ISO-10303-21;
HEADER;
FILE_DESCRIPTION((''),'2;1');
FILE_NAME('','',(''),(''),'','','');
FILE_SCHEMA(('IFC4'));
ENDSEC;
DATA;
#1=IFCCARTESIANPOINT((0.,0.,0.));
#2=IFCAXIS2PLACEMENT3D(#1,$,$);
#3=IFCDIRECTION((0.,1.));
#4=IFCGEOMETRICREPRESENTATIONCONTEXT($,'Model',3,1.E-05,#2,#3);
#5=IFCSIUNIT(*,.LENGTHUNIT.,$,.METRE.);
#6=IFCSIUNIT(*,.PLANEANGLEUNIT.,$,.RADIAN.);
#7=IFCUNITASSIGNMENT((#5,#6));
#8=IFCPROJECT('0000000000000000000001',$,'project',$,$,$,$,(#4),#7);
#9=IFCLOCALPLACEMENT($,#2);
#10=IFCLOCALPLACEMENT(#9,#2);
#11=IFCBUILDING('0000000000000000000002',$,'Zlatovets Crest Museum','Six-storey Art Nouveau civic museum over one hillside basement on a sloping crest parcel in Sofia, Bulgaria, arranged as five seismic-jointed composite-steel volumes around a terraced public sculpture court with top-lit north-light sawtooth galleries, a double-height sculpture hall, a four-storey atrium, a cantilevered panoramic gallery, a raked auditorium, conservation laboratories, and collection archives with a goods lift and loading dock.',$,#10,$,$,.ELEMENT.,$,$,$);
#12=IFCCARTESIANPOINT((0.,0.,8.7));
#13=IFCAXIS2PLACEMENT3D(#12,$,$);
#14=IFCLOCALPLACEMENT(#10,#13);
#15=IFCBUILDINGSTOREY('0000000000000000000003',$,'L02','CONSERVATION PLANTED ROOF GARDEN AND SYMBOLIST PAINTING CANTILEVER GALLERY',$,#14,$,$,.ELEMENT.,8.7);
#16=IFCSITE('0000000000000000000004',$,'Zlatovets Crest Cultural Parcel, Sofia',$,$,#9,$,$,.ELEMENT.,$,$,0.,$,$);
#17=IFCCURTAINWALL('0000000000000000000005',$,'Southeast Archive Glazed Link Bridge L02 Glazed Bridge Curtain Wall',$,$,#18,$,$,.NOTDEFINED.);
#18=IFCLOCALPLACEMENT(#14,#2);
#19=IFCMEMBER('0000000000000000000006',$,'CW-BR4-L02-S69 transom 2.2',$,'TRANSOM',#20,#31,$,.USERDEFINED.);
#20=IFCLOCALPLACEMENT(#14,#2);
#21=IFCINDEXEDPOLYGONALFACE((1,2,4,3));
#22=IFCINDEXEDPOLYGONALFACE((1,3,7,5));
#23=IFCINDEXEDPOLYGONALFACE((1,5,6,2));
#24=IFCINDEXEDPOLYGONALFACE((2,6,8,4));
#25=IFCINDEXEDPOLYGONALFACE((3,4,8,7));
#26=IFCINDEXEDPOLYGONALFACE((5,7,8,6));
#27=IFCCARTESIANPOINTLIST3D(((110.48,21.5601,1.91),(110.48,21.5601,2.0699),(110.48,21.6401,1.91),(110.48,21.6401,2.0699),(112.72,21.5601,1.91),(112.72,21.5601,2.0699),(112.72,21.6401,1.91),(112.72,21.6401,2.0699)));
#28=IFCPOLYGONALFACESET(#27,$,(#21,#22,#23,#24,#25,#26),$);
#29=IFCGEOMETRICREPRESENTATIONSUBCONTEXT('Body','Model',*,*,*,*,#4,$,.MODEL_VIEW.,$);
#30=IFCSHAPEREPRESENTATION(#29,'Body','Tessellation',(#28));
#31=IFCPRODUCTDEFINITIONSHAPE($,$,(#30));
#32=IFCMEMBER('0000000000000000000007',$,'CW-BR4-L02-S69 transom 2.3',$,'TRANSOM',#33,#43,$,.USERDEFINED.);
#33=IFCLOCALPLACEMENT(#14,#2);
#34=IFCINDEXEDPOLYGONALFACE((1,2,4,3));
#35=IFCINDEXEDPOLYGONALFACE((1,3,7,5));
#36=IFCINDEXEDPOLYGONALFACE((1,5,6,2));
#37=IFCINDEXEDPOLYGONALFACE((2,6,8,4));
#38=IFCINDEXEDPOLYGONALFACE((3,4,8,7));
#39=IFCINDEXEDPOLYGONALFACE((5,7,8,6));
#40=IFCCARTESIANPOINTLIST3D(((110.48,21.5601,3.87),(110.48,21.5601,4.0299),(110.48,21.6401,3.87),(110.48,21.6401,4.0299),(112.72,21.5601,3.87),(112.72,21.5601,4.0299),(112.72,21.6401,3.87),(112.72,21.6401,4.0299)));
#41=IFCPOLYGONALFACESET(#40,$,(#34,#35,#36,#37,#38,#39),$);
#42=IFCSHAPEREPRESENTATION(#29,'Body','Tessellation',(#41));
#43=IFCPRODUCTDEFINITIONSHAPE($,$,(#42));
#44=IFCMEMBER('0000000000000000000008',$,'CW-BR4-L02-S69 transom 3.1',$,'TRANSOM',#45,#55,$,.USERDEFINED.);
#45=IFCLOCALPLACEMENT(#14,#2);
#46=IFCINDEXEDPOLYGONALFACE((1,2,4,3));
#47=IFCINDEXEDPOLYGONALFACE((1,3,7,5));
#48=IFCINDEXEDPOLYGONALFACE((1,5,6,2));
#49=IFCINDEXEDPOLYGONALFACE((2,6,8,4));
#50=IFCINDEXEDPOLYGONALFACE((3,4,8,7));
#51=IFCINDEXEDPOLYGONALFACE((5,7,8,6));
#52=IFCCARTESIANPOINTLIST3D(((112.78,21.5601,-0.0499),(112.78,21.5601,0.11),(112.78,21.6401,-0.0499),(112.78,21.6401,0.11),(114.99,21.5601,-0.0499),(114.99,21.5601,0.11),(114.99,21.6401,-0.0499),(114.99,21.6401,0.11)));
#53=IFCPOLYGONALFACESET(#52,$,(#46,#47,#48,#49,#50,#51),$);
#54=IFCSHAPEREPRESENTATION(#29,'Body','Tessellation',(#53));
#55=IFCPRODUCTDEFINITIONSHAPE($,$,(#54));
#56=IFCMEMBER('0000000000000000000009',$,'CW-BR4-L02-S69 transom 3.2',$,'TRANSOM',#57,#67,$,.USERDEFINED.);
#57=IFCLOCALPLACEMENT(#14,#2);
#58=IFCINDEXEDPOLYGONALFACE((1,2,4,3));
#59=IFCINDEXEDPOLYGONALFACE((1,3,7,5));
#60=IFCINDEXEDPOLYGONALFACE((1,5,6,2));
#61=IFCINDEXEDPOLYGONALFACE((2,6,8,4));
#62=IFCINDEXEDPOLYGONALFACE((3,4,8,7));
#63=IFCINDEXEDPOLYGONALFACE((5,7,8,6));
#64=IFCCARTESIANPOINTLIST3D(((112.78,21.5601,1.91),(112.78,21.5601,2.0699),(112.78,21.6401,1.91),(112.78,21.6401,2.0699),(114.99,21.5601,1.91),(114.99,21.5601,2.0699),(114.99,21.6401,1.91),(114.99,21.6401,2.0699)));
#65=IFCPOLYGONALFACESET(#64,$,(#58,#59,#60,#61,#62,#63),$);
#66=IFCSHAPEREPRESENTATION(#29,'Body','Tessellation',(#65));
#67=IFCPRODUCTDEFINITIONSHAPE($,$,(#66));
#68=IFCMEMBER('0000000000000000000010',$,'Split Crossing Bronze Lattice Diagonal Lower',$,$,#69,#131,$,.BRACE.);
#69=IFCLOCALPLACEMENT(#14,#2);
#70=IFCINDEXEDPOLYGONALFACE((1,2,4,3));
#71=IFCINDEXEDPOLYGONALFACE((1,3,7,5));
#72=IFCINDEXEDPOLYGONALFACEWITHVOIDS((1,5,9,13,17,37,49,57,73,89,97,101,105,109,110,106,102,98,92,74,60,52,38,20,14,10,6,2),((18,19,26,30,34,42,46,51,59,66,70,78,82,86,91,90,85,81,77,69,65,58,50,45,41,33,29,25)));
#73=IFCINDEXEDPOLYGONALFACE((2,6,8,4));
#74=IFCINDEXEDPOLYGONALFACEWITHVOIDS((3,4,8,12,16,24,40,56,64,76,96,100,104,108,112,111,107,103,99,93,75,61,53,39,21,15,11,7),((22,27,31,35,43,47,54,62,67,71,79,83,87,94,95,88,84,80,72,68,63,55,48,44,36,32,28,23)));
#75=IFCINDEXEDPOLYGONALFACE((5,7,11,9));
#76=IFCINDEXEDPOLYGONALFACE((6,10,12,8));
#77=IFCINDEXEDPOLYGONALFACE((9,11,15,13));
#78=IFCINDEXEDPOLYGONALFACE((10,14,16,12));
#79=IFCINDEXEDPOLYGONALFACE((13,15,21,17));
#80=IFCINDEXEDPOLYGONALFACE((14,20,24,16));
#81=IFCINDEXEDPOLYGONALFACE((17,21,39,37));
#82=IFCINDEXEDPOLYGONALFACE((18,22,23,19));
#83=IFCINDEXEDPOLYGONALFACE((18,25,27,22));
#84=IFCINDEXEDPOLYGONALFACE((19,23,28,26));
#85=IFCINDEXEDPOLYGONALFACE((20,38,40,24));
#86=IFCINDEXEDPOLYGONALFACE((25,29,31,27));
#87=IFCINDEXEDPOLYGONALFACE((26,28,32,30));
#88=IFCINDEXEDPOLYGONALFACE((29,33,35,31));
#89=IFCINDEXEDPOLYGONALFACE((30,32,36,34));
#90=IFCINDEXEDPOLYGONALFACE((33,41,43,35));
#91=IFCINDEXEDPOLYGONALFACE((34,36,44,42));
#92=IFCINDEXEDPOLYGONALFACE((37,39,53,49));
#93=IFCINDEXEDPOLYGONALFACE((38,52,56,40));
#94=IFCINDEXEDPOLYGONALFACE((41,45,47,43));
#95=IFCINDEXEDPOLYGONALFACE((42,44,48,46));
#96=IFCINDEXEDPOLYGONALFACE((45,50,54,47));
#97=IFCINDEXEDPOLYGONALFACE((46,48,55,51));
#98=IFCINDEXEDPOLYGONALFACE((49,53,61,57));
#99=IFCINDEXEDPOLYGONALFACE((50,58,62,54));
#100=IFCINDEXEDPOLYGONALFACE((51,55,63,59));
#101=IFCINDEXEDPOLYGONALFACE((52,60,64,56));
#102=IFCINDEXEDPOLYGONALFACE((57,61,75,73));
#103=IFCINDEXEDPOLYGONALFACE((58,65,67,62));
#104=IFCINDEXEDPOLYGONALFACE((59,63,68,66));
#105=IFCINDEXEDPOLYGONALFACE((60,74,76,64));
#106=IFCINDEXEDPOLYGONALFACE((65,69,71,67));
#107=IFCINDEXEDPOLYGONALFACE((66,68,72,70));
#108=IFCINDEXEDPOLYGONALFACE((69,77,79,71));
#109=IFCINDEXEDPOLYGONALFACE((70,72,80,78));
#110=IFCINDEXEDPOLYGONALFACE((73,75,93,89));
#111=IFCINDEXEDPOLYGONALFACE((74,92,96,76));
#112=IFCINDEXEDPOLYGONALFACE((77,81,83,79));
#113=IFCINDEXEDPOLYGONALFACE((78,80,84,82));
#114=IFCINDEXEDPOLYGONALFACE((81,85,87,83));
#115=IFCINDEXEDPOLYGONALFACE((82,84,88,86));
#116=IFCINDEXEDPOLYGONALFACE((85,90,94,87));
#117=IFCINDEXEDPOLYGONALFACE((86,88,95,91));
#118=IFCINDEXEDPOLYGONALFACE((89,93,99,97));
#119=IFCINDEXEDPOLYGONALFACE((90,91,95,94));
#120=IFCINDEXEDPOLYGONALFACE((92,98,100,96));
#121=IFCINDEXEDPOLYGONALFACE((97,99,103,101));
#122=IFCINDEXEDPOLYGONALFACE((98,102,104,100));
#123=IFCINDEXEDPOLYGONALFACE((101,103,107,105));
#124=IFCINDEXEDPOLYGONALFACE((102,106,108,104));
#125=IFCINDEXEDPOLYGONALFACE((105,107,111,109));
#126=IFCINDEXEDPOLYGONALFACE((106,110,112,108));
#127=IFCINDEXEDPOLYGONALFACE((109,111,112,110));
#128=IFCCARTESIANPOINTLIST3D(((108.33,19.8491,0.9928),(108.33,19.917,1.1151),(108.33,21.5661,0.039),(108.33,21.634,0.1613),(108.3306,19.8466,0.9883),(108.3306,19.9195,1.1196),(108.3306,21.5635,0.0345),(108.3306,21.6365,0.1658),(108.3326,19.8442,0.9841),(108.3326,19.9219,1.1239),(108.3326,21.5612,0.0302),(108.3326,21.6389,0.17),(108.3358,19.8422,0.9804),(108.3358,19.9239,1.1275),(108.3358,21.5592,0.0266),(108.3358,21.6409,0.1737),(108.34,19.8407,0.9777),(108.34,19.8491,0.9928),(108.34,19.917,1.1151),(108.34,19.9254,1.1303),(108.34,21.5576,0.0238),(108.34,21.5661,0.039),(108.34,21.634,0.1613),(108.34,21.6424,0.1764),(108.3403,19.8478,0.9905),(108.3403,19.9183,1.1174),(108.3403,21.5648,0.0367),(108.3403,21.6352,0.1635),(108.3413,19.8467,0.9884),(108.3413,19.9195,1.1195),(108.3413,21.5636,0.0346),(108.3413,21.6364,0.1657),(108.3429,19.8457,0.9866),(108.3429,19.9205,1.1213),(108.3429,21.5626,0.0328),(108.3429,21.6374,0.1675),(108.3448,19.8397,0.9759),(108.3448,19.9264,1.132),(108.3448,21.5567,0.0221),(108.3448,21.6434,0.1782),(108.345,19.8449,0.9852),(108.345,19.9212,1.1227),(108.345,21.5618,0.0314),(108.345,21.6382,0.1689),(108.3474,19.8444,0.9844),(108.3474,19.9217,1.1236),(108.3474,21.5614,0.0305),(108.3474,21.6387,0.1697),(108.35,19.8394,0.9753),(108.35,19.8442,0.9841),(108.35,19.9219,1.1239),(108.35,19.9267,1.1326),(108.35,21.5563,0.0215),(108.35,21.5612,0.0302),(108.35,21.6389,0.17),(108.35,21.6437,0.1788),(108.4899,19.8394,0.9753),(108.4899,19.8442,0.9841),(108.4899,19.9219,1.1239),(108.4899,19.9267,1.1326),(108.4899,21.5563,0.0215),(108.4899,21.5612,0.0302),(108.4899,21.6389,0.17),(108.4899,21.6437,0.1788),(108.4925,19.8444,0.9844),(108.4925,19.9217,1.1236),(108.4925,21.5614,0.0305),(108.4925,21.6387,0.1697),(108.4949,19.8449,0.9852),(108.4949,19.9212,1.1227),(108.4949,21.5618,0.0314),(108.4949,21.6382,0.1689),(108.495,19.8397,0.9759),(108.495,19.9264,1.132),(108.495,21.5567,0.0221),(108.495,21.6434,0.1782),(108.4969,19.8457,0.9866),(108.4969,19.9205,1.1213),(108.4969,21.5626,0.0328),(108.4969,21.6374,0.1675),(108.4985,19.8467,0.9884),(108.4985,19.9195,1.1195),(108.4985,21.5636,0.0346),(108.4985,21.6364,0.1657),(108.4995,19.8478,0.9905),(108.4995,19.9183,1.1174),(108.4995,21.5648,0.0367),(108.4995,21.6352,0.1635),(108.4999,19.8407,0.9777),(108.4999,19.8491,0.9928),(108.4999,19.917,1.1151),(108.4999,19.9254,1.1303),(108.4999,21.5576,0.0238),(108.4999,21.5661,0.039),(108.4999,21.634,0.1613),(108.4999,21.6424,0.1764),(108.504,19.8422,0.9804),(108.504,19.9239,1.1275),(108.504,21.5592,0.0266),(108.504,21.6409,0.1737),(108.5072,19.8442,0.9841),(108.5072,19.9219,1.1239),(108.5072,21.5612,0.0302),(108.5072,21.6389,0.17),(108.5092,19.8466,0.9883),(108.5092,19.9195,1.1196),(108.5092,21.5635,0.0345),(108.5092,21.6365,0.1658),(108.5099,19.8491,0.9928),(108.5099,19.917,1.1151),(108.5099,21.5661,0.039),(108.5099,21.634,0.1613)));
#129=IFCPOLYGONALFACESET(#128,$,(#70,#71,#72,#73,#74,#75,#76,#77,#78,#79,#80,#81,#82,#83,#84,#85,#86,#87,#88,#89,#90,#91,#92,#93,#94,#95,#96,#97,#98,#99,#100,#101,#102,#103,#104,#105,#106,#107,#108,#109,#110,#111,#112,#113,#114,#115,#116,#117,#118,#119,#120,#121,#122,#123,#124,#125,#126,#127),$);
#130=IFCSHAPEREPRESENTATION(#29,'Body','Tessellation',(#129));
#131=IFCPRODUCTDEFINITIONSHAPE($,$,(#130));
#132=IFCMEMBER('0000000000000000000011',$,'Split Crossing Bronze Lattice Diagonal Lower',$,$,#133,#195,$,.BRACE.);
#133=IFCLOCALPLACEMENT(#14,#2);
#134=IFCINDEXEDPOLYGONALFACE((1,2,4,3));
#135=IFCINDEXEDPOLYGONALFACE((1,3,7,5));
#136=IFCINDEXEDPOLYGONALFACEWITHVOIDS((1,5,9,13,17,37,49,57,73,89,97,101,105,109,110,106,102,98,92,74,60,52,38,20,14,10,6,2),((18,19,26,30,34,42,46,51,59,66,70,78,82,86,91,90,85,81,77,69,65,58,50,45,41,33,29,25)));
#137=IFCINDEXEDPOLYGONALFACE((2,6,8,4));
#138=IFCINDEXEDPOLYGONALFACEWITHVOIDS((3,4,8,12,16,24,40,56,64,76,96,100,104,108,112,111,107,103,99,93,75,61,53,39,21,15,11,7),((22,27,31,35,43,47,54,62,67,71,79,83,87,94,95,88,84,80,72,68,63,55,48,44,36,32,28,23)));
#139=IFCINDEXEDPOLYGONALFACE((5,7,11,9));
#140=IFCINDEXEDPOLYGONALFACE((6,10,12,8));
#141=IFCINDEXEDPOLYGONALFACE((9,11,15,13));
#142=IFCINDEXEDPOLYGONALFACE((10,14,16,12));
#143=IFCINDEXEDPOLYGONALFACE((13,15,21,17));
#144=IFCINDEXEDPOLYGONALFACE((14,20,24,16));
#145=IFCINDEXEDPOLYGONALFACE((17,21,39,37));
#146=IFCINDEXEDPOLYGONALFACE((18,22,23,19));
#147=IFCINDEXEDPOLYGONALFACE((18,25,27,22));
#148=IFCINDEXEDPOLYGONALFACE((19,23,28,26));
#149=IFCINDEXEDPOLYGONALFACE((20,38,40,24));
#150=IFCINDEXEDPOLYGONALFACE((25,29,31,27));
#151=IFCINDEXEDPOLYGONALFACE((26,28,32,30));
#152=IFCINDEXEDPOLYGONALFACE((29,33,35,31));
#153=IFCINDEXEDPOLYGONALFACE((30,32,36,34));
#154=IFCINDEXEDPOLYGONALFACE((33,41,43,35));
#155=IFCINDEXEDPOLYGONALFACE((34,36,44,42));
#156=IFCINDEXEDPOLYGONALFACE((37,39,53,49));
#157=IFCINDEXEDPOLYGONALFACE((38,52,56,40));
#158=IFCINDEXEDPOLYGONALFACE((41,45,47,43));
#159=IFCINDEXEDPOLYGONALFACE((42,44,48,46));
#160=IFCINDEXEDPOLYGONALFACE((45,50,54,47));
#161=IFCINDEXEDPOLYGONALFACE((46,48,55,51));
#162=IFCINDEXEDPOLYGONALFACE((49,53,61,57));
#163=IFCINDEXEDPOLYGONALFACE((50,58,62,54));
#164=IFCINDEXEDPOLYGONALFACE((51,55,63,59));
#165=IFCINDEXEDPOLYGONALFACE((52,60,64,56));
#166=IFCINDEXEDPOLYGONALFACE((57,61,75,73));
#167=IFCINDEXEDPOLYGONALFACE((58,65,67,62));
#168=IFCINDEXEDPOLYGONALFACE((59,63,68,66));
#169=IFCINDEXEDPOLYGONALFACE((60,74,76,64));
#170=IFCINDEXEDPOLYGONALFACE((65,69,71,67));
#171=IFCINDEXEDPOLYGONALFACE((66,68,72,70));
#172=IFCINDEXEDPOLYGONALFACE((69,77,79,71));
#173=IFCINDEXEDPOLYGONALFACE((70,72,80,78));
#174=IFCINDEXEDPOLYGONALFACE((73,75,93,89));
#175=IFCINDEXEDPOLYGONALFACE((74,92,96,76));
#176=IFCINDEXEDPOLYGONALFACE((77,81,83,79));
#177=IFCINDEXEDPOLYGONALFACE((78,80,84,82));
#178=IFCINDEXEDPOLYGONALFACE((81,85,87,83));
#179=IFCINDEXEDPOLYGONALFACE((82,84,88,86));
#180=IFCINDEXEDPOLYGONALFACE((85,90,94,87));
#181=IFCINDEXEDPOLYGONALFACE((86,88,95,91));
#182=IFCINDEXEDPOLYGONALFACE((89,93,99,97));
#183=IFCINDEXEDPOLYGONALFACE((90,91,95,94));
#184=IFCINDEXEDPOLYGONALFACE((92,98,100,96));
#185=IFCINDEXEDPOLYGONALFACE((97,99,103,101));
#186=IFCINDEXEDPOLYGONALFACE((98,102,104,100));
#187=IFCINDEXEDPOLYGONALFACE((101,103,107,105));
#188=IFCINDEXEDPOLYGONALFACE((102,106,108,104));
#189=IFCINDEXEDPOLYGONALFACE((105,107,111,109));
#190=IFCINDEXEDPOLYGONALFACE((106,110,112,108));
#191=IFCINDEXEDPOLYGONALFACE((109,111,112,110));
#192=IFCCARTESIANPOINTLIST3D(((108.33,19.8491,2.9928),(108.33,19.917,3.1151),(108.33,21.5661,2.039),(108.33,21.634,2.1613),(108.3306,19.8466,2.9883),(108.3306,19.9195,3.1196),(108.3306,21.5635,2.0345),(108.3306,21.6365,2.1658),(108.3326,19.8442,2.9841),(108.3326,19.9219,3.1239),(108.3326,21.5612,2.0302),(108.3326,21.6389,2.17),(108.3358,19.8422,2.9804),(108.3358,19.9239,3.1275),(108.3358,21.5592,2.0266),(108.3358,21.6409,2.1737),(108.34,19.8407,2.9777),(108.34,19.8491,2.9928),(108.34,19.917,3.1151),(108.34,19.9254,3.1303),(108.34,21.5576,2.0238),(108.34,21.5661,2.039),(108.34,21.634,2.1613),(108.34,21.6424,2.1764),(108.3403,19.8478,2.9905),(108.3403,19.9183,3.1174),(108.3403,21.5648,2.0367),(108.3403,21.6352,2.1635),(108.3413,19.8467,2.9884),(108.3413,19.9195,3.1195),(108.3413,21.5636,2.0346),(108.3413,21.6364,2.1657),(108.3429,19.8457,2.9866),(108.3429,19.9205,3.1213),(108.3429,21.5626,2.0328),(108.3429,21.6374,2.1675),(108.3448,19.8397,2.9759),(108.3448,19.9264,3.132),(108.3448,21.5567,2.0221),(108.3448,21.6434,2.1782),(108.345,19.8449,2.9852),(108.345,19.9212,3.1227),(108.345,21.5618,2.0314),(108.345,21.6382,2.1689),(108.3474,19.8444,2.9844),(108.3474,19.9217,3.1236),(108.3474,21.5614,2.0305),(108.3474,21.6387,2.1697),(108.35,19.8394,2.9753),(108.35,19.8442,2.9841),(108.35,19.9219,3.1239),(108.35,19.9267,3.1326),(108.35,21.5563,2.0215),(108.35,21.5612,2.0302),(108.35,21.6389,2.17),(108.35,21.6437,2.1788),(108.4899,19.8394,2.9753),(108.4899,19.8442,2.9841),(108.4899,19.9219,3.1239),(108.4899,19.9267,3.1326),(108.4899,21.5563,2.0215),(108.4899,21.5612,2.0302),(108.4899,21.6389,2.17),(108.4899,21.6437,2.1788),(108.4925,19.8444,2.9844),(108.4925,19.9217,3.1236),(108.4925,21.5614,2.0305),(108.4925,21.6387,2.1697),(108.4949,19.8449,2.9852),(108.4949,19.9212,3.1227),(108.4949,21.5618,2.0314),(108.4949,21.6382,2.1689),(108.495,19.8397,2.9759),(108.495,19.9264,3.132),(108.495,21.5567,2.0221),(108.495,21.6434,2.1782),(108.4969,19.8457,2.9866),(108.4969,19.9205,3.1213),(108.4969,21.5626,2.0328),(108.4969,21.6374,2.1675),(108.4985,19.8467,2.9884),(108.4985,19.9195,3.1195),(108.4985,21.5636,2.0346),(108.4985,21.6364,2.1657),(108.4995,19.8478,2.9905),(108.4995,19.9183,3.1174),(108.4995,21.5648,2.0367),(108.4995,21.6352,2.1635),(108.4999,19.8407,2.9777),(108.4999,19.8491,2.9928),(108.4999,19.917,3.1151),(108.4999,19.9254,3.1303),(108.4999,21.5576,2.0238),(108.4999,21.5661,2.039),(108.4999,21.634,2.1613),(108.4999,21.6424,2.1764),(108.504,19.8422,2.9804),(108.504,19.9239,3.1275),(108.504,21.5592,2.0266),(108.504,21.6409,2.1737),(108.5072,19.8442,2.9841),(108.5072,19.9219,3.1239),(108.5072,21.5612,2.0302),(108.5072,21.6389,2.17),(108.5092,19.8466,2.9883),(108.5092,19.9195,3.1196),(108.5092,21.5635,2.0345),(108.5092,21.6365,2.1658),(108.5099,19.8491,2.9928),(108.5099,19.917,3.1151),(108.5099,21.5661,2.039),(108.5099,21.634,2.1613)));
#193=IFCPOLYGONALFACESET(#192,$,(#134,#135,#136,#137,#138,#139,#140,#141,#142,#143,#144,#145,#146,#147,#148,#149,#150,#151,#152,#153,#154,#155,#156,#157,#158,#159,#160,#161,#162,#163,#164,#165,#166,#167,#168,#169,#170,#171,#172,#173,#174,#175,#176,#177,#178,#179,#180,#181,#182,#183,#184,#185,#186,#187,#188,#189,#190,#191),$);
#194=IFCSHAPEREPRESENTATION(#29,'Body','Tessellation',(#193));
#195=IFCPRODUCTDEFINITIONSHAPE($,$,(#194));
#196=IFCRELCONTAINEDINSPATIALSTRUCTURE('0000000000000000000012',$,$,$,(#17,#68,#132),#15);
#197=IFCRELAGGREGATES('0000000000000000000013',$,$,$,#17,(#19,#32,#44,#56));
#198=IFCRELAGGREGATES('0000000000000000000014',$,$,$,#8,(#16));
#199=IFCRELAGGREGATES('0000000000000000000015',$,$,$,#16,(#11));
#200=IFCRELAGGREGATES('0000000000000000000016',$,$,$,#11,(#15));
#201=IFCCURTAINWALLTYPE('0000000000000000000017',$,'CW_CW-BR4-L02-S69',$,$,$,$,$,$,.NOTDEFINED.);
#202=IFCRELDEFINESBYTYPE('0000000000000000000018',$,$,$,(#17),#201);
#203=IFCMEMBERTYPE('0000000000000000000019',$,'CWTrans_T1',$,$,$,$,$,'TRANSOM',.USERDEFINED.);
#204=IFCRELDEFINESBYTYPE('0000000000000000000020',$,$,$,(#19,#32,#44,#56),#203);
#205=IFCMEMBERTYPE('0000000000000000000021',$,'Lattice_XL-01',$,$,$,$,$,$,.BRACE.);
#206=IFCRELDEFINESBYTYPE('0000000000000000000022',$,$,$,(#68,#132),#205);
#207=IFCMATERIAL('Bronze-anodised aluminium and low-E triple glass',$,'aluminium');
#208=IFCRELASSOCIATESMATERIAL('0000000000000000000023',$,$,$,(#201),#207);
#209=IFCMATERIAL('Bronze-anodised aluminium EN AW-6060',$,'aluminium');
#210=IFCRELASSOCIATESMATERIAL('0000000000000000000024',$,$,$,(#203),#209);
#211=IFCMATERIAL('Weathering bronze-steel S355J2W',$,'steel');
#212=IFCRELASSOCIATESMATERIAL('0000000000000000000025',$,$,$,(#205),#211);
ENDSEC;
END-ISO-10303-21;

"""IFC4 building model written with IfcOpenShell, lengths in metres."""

from ifc_helpers import new_model, si_unit, direction, frame, origin, origin_2d, place, context, subcontext, project, spatial, rectangle, hollow_rectangle, extrude, material, material_profile, profile_set, type_object, element, aggregate, save


model = new_model("IFC4")

# Units and contexts
model_context = context("Model", 3, precision=1e-05, world=origin(), true_north=direction((0.0, 1.0)))
body_context = subcontext(model_context, "Body", "Model", "MODEL_VIEW")
ifc_project = project(units=[si_unit("LENGTHUNIT", "METRE"), si_unit("PLANEANGLEUNIT", "RADIAN")], contexts=[model_context])

# Site, building, storey
site_placement = place(None, origin())
site = spatial("IfcSite", under=ifc_project, at=site_placement, Name="Zlatovets Crest Cultural Parcel, Sofia", CompositionType="ELEMENT", RefElevation=0.0)
building_placement = place(site_placement, origin())
building = spatial("IfcBuilding", under=site, at=building_placement, Name="Zlatovets Crest Museum", Description="Six-storey Art Nouveau civic museum over one hillside basement on a sloping crest parcel in Sofia, Bulgaria, arranged as five seismic-jointed composite-steel volumes around a terraced public sculpture court with top-lit north-light sawtooth galleries, a double-height sculpture hall, a four-storey atrium, a cantilevered panoramic gallery, a raked auditorium, conservation laboratories, and collection archives with a goods lift and loading dock.", CompositionType="ELEMENT")
storey_placement = place(building_placement, frame((0.0, 0.0, 8.7)))
storey = spatial("IfcBuildingStorey", under=building, at=storey_placement, Name="L02", Description="CONSERVATION PLANTED ROOF GARDEN AND SYMBOLIST PAINTING CANTILEVER GALLERY", CompositionType="ELEMENT", Elevation=8.7)

# Curtain wall
ifc_material_1 = material(Name="Bronze-anodised aluminium and low-E triple glass", Category="aluminium")
ifc_material_2 = material(Name="Bronze-anodised aluminium EN AW-6060", Category="aluminium")
curtain_wall_type_1 = type_object("IfcCurtainWallType", Name="CW_CW-BR4-L02-S69", PredefinedType="NOTDEFINED", material=ifc_material_1)
curtain_wall_1_placement = place(storey_placement, origin())
curtain_wall_1 = element("IfcCurtainWall", 1, at=curtain_wall_1_placement, inside=storey, type_object=curtain_wall_type_1, Name="Southeast Archive Glazed Link Bridge L02 Glazed Bridge Curtain Wall", PredefinedType="NOTDEFINED")

# Members
ifc_material_profile_1 = material_profile(ifc_material_2, rectangle(XDim=0.0801, YDim=0.1599, at=origin_2d()), Name="ALU 80x160")
ifc_profile_set_1 = profile_set([ifc_material_profile_1], Name="Bronze-anodised aluminium EN AW-6060")
member_type_1 = type_object("IfcMemberType", Name="CWTrans_T1", ElementType="TRANSOM", PredefinedType="USERDEFINED", material=ifc_profile_set_1)
member_1_placement = place(storey_placement, frame((110.48, 21.6001, 1.99), z_axis=(1.0, 0.0, 0.0), x_axis=(0.0, 1.0, 0.0)))
member_1 = element("IfcMember", 2, at=member_1_placement, type_object=member_type_1, Name="CW-BR4-L02-S69 transom 2.2", ObjectType="TRANSOM", PredefinedType="USERDEFINED", context=body_context, shape_type="SweptSolid", body=[
    extrude(rectangle(XDim=0.0801, YDim=0.1599, at=origin_2d()), origin(), (0.0, 0.0, 1.0), 2.24),
])
member_2_placement = place(storey_placement, frame((110.48, 21.6001, 3.95), z_axis=(1.0, 0.0, 0.0), x_axis=(0.0, 1.0, 0.0)))
member_2 = element("IfcMember", 3, at=member_2_placement, type_object=member_type_1, Name="CW-BR4-L02-S69 transom 2.3", ObjectType="TRANSOM", PredefinedType="USERDEFINED", context=body_context, shape_type="SweptSolid", body=[
    extrude(rectangle(XDim=0.0801, YDim=0.1599, at=origin_2d()), origin(), (0.0, 0.0, 1.0), 2.24),
])
member_3_placement = place(storey_placement, frame((112.78, 21.6001, 0.03), z_axis=(1.0, 0.0, 0.0), x_axis=(0.0, 1.0, 0.0)))
member_3 = element("IfcMember", 4, at=member_3_placement, type_object=member_type_1, Name="CW-BR4-L02-S69 transom 3.1", ObjectType="TRANSOM", PredefinedType="USERDEFINED", context=body_context, shape_type="SweptSolid", body=[
    extrude(rectangle(XDim=0.0801, YDim=0.1599, at=origin_2d()), origin(), (0.0, 0.0, 1.0), 2.21),
])
member_4_placement = place(storey_placement, frame((112.78, 21.6001, 1.99), z_axis=(1.0, 0.0, 0.0), x_axis=(0.0, 1.0, 0.0)))
member_4 = element("IfcMember", 5, at=member_4_placement, type_object=member_type_1, Name="CW-BR4-L02-S69 transom 3.2", ObjectType="TRANSOM", PredefinedType="USERDEFINED", context=body_context, shape_type="SweptSolid", body=[
    extrude(rectangle(XDim=0.0801, YDim=0.1599, at=origin_2d()), origin(), (0.0, 0.0, 1.0), 2.21),
])

# Members
ifc_material_3 = material(Name="Weathering bronze-steel S355J2W", Category="steel")
ifc_material_profile_2 = material_profile(ifc_material_3, hollow_rectangle(XDim=0.1799, YDim=0.1799, WallThickness=0.01, InnerFilletRadius=0.01, OuterFilletRadius=0.02, at=origin_2d()), Name="SHS 180x180x10.0")
ifc_profile_set_2 = profile_set([ifc_material_profile_2], Name="Weathering bronze-steel S355J2W")
member_type_2 = type_object("IfcMemberType", Name="Lattice_XL-01", PredefinedType="BRACE", material=ifc_profile_set_2)
for number, where, z_axis, x_axis, name in (
    (6, (108.4199, 19.8831, 1.054), (0.0, 0.874169, -0.485622), (-1.0, 0.0, 0.0), "Split Crossing Bronze Lattice Diagonal Lower"),
    (7, (108.4199, 19.8831, 3.054), (0.0, 0.874169, -0.485622), (-1.0, 0.0, 0.0), "Split Crossing Bronze Lattice Diagonal Lower"),
):
    element("IfcMember", number, at=place(storey_placement, frame(where, z_axis=z_axis, x_axis=x_axis)), inside=storey, type_object=member_type_2, Name=name, PredefinedType="BRACE", context=body_context, shape_type="SweptSolid", body=[
        extrude(hollow_rectangle(XDim=0.1799, YDim=0.1799, WallThickness=0.01, InnerFilletRadius=0.01, OuterFilletRadius=0.02, at=origin_2d()), origin(), (0.0, 0.0, 1.0), 1.9641),
    ])

aggregate(curtain_wall_1, [member_1, member_2, member_3, member_4])

save(model, "model.ifc")
